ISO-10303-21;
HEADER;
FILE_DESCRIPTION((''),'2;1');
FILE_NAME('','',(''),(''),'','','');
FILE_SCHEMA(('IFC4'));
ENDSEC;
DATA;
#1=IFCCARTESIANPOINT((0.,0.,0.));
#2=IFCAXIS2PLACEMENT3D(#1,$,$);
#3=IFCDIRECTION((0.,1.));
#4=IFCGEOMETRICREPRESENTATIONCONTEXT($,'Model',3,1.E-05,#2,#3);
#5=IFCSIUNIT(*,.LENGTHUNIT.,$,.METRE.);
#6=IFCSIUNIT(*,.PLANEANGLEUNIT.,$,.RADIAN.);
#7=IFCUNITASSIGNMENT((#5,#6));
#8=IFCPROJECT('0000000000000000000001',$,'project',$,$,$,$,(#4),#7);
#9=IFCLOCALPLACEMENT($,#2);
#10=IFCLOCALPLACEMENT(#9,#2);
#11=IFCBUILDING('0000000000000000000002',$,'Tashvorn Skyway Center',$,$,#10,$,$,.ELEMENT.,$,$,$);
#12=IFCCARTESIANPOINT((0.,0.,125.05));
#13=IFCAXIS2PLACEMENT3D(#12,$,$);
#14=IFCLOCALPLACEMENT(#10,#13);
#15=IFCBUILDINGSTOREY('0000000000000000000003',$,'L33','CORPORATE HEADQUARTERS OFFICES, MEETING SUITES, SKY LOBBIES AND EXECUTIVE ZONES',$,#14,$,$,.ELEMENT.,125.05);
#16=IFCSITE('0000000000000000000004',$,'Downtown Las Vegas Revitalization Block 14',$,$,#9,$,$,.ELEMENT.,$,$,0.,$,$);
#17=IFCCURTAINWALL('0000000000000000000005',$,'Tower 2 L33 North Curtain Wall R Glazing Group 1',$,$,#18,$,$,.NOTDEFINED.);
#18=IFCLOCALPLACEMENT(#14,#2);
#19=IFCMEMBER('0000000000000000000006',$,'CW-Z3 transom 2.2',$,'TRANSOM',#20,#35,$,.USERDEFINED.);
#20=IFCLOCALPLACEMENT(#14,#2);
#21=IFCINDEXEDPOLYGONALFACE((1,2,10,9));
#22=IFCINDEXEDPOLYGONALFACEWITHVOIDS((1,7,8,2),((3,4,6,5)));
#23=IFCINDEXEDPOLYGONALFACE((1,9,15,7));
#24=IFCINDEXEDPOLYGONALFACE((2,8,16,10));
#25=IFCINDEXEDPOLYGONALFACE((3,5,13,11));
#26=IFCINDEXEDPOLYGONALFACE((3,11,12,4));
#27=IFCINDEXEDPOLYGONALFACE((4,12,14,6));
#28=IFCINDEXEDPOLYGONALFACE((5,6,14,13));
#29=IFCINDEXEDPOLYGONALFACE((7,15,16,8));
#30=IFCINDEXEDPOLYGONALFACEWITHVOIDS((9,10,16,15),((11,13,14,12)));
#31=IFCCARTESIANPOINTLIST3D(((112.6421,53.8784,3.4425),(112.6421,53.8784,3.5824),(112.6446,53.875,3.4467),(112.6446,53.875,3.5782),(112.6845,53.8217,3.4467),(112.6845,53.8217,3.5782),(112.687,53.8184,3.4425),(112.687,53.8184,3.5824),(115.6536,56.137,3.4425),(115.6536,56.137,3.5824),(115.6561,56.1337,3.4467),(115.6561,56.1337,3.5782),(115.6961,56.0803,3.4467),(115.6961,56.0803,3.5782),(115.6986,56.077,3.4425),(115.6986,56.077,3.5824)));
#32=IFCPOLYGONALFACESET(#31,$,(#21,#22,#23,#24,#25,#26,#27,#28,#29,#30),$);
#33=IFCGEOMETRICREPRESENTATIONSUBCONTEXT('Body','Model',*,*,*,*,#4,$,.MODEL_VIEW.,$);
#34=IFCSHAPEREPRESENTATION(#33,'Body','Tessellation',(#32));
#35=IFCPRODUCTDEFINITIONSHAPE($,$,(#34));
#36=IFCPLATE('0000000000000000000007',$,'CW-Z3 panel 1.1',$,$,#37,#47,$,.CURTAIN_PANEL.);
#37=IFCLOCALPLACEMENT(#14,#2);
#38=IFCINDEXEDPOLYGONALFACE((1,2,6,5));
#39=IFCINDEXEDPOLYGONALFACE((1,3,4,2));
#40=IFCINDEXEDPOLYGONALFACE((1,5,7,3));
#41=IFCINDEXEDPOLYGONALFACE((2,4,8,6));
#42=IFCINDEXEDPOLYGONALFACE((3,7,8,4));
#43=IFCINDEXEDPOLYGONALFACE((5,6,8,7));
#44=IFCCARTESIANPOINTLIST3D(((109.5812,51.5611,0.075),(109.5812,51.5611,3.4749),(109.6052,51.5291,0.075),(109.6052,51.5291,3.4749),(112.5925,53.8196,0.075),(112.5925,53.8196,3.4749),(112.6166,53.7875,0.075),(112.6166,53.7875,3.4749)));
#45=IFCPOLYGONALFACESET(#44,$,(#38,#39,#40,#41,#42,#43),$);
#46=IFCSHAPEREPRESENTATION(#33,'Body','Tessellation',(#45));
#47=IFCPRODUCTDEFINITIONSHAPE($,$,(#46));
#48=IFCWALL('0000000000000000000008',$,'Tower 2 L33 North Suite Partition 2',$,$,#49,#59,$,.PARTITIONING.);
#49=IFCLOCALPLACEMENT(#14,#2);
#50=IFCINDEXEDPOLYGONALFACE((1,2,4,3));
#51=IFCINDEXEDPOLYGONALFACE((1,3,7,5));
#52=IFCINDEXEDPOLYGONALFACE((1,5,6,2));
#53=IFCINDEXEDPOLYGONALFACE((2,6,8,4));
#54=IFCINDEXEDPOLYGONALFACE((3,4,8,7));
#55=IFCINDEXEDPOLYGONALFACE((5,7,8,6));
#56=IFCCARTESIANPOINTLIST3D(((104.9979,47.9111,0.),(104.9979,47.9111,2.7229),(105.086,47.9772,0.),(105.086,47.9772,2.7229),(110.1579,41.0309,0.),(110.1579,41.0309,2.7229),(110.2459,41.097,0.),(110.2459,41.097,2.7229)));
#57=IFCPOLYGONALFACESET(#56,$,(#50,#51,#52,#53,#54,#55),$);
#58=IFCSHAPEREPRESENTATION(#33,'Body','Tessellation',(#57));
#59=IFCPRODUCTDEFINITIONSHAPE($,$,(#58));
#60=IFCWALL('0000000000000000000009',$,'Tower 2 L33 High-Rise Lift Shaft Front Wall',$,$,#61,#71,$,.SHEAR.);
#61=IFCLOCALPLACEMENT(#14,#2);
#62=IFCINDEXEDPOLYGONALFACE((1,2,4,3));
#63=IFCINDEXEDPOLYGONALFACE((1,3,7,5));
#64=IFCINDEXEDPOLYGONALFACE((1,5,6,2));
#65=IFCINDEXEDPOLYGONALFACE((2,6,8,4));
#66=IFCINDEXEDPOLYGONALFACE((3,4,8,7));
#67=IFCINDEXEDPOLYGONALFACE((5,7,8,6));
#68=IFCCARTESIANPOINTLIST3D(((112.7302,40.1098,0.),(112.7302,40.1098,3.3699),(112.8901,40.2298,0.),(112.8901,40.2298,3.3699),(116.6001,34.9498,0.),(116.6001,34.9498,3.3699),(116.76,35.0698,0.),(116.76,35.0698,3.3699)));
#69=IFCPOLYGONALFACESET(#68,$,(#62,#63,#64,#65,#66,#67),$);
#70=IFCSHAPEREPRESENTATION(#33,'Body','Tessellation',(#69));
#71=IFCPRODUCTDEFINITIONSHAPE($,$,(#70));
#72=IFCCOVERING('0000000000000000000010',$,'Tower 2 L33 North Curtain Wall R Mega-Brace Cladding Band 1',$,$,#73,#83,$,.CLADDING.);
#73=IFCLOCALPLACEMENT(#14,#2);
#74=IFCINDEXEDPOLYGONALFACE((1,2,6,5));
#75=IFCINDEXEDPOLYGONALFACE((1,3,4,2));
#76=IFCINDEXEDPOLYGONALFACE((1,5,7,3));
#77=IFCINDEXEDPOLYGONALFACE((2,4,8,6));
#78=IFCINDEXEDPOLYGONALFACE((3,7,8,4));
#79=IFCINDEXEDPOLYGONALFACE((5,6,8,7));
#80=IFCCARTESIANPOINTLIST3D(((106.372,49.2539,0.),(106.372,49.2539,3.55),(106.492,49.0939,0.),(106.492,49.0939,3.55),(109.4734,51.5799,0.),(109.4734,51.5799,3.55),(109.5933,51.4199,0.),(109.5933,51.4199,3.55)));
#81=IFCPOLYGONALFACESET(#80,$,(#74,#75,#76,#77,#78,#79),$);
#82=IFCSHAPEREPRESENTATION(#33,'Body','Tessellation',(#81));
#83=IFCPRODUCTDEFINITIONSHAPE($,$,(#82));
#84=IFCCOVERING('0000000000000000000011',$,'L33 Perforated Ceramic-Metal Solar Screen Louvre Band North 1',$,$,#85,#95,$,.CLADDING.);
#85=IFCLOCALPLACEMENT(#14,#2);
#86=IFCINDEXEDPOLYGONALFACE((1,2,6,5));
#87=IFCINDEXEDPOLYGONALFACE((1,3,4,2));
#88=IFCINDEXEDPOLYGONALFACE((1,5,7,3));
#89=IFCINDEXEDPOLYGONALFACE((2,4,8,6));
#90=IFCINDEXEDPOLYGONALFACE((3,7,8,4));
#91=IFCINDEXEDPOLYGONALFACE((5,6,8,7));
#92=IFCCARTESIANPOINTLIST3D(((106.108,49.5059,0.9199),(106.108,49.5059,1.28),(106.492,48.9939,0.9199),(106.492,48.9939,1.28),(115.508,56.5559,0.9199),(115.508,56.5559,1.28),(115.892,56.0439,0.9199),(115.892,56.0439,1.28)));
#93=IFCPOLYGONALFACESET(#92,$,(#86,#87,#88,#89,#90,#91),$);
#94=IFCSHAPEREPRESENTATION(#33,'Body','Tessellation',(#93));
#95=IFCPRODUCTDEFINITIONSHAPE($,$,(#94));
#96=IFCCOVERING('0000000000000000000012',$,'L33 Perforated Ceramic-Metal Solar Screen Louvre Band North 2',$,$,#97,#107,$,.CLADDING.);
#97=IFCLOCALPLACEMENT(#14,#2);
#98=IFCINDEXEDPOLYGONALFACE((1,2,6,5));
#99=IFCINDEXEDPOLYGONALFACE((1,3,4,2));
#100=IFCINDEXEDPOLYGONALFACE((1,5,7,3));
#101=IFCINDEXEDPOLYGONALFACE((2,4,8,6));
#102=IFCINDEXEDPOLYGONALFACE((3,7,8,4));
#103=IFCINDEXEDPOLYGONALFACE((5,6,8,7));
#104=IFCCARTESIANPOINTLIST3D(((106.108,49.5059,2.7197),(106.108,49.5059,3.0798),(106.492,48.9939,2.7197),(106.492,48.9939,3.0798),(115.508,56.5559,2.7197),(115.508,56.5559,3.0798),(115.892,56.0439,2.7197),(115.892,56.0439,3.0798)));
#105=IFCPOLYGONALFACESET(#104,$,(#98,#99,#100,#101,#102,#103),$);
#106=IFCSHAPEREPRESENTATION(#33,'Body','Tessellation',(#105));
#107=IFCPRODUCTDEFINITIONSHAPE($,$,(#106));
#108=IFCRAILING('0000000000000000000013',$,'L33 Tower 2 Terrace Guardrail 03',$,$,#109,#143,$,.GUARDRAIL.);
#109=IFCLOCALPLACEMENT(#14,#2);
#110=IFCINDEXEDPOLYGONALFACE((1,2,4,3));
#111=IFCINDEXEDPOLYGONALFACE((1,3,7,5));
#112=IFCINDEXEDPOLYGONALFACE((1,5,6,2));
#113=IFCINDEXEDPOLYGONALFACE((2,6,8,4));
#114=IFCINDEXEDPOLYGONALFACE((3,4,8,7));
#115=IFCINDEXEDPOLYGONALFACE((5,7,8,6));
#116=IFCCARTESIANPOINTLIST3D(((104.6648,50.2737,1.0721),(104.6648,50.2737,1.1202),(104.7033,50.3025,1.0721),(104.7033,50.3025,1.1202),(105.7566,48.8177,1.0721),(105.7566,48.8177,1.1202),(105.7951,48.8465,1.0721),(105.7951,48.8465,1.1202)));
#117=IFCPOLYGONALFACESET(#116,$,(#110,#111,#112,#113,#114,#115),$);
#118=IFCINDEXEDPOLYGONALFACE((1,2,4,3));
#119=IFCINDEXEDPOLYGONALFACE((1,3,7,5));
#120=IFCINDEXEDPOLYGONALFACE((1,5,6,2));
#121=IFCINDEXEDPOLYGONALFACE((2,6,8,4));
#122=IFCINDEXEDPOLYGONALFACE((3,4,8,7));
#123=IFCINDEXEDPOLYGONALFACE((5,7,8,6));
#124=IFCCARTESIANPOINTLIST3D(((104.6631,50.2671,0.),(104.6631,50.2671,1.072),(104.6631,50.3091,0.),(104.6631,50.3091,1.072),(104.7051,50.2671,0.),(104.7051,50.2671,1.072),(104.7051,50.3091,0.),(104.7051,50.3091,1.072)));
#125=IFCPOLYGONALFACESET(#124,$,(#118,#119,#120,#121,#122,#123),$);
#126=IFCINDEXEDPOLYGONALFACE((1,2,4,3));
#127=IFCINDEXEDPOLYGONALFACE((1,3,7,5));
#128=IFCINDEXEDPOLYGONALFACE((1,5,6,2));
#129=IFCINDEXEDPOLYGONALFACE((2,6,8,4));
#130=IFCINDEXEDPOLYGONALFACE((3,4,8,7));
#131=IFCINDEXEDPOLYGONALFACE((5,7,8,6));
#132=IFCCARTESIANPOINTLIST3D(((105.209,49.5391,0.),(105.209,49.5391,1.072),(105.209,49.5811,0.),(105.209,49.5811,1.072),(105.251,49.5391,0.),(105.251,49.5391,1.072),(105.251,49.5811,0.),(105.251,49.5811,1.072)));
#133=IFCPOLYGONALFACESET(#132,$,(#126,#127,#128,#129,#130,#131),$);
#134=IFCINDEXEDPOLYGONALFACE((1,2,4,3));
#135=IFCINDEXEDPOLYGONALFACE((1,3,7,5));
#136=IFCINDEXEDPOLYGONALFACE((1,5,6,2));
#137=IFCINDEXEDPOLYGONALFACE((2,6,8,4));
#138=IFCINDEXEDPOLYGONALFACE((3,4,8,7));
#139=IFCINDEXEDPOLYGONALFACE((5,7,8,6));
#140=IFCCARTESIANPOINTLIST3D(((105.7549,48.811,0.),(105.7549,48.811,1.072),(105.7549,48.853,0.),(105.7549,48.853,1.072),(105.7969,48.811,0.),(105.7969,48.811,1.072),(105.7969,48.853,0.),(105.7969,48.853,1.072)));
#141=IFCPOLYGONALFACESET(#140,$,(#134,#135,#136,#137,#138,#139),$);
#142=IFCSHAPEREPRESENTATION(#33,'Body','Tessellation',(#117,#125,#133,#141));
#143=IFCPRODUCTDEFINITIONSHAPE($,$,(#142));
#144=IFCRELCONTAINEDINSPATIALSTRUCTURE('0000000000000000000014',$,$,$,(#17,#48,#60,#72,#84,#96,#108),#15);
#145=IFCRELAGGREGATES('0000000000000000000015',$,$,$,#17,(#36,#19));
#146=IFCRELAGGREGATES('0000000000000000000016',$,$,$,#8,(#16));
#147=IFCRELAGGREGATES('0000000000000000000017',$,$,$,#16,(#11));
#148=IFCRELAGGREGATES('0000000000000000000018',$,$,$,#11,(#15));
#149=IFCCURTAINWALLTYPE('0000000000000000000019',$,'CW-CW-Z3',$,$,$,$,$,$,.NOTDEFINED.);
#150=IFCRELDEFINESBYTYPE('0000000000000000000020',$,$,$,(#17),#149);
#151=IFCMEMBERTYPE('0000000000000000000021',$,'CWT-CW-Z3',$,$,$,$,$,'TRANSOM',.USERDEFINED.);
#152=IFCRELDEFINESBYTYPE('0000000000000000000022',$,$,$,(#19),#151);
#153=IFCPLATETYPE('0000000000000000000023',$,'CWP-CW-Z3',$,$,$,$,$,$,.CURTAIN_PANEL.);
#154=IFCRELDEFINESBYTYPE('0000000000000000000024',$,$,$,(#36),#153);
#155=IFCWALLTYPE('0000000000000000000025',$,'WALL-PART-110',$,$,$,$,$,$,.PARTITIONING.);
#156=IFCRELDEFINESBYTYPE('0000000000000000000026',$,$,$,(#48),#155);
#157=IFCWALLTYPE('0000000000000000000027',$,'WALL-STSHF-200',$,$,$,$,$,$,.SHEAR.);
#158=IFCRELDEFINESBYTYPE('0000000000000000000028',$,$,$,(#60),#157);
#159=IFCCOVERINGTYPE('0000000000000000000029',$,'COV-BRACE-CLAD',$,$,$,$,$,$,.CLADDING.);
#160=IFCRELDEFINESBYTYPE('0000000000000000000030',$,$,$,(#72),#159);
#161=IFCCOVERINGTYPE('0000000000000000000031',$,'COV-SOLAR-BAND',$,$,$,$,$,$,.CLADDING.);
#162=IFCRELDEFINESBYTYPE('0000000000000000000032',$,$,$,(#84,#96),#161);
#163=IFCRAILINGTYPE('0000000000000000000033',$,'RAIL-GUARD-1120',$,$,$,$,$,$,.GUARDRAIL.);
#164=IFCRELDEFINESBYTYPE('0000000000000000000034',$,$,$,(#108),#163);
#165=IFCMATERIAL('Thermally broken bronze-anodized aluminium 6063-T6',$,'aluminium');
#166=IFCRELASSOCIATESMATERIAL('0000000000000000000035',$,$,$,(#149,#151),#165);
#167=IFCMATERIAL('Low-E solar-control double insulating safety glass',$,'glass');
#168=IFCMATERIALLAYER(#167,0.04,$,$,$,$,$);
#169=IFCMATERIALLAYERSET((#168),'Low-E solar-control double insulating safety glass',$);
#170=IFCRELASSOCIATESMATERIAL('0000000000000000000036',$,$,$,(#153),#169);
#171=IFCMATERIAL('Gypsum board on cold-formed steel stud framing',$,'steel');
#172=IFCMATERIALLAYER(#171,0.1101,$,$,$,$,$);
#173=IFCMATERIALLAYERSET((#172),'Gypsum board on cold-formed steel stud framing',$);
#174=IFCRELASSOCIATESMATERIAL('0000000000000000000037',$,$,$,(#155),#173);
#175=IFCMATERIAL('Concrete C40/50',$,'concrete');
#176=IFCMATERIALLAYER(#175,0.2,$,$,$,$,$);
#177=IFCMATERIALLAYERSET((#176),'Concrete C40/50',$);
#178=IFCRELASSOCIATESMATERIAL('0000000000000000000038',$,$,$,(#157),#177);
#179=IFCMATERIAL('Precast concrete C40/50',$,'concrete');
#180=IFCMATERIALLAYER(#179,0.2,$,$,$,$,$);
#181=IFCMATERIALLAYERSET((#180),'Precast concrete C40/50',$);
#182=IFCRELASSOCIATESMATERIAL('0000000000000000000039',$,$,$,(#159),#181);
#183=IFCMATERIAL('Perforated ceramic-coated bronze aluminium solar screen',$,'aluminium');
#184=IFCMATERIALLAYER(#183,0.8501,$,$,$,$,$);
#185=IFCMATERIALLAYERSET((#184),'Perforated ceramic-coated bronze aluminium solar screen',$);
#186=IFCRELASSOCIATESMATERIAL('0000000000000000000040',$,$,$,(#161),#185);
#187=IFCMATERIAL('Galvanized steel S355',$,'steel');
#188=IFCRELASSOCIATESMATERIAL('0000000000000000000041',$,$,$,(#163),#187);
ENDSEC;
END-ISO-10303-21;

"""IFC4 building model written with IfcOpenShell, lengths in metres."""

from ifc_helpers import new_model, si_unit, direction, frame, frame_2d, origin, origin_2d, place, context, subcontext, project, spatial, rectangle, hollow_rectangle, extrude, material, layer, layer_set, material_profile, profile_set, type_object, element, aggregate, save


model = new_model("IFC4")

# Units and contexts
model_context = context("Model", 3, precision=1e-05, world=origin(), true_north=direction((0.0, 1.0)))
body_context = subcontext(model_context, "Body", "Model", "MODEL_VIEW")
ifc_project = project(units=[si_unit("LENGTHUNIT", "METRE"), si_unit("PLANEANGLEUNIT", "RADIAN")], contexts=[model_context])

# Site, building, storey
site_placement = place(None, origin())
site = spatial("IfcSite", under=ifc_project, at=site_placement, Name="Downtown Las Vegas Revitalization Block 14", CompositionType="ELEMENT", RefElevation=0.0)
building_placement = place(site_placement, origin())
building = spatial("IfcBuilding", under=site, at=building_placement, Name="Tashvorn Skyway Center", CompositionType="ELEMENT")
storey_placement = place(building_placement, frame((0.0, 0.0, 125.05)))
storey = spatial("IfcBuildingStorey", under=building, at=storey_placement, Name="L33", Description="CORPORATE HEADQUARTERS OFFICES, MEETING SUITES, SKY LOBBIES AND EXECUTIVE ZONES", CompositionType="ELEMENT", Elevation=125.05)

# Curtain wall, member, plate
ifc_material_1 = material(Name="Thermally broken bronze-anodized aluminium 6063-T6", Category="aluminium")
curtain_wall_type = type_object("IfcCurtainWallType", Name="CW-CW-Z3", PredefinedType="NOTDEFINED", material=ifc_material_1)
curtain_wall_placement = place(storey_placement, origin())
curtain_wall = element("IfcCurtainWall", 1, at=curtain_wall_placement, inside=storey, type_object=curtain_wall_type, Name="Tower 2 L33 North Curtain Wall R Glazing Group 1", PredefinedType="NOTDEFINED")
ifc_material_profile_1 = material_profile(ifc_material_1, hollow_rectangle(XDim=0.075, YDim=0.1399, WallThickness=0.0042, at=origin_2d()), Name="ALU-TRAN-75x140")
ifc_profile_set_1 = profile_set([ifc_material_profile_1], Name="Thermally broken bronze-anodized aluminium 6063-T6")
member_type_1 = type_object("IfcMemberType", Name="CWT-CW-Z3", ElementType="TRANSOM", PredefinedType="USERDEFINED", material=ifc_profile_set_1)
member_1_placement = place(storey_placement, frame((112.6646, 53.8484, 3.5125), z_axis=(0.800008, 0.59999, 0.0), x_axis=(-0.59999, 0.800008, 0.0)))
member_1 = element("IfcMember", 2, at=member_1_placement, type_object=member_type_1, Name="CW-Z3 transom 2.2", ObjectType="TRANSOM", PredefinedType="USERDEFINED", context=body_context, shape_type="SweptSolid", body=[
    extrude(hollow_rectangle(XDim=0.075, YDim=0.1399, WallThickness=0.0042, at=origin_2d()), origin(), (0.0, 0.0, 1.0), 3.7644),
])
ifc_material_2 = material(Name="Low-E solar-control double insulating safety glass", Category="glass")
ifc_layer_1 = layer(ifc_material_2, 0.04)
ifc_layer_set_1 = layer_set([ifc_layer_1], Name="Low-E solar-control double insulating safety glass")
plate_type = type_object("IfcPlateType", Name="CWP-CW-Z3", PredefinedType="CURTAIN_PANEL", material=ifc_layer_set_1)
plate_placement = place(storey_placement, frame((111.0989, 52.6743, 0.075), z_axis=(0.0, 0.0, 1.0), x_axis=(0.800002, 0.599998, 0.0)))
plate = element("IfcPlate", 3, at=plate_placement, type_object=plate_type, Name="CW-Z3 panel 1.1", PredefinedType="CURTAIN_PANEL", context=body_context, shape_type="SweptSolid", body=[
    extrude(rectangle(XDim=3.7642, YDim=0.04, at=origin_2d()), origin(), (0.0, 0.0, 1.0), 3.3999),
])
aggregate(curtain_wall, [plate, member_1])

# Walls
ifc_material_3 = material(Name="Gypsum board on cold-formed steel stud framing", Category="steel")
ifc_layer_2 = layer(ifc_material_3, 0.1101)
ifc_layer_set_2 = layer_set([ifc_layer_2], Name="Gypsum board on cold-formed steel stud framing")
wall_type_1 = type_object("IfcWallType", Name="WALL-PART-110", PredefinedType="PARTITIONING", material=ifc_layer_set_2)
wall_1_placement = place(storey_placement, frame((110.2019, 41.064, 0.0), z_axis=(0.0, 0.0, 1.0), x_axis=(-0.599986, 0.80001, 0.0)))
element("IfcWall", 4, at=wall_1_placement, inside=storey, type_object=wall_type_1, Name="Tower 2 L33 North Suite Partition 2", PredefinedType="PARTITIONING", context=body_context, shape_type="SweptSolid", body=[
    extrude(rectangle(XDim=8.6001, YDim=0.1101, at=frame_2d((4.3, 0.0))), origin(), (0.0, 0.0, 1.0), 2.7229),
])
ifc_material_4 = material(Name="Concrete C40/50", Category="concrete")
ifc_layer_3 = layer(ifc_material_4, 0.2)
ifc_layer_set_3 = layer_set([ifc_layer_3], Name="Concrete C40/50")
wall_type_2 = type_object("IfcWallType", Name="WALL-STSHF-200", PredefinedType="SHEAR", material=ifc_layer_set_3)
wall_2_placement = place(storey_placement, frame((112.8101, 40.1699, 0.0), z_axis=(0.0, 0.0, 1.0), x_axis=(0.599994, -0.800005, 0.0)))
element("IfcWall", 5, at=wall_2_placement, inside=storey, type_object=wall_type_2, Name="Tower 2 L33 High-Rise Lift Shaft Front Wall", PredefinedType="SHEAR", context=body_context, shape_type="SweptSolid", body=[
    extrude(rectangle(XDim=6.45, YDim=0.2, at=frame_2d((3.2251, 0.0))), origin(), (0.0, 0.0, 1.0), 3.3699),
])

# Coverings
ifc_material_5 = material(Name="Precast concrete C40/50", Category="concrete")
ifc_layer_4 = layer(ifc_material_5, 0.2)
ifc_layer_set_4 = layer_set([ifc_layer_4], Name="Precast concrete C40/50")
covering_type_1 = type_object("IfcCoveringType", Name="COV-BRACE-CLAD", PredefinedType="CLADDING", material=ifc_layer_set_4)
covering_placement = place(storey_placement, frame((107.9827, 50.3369, 0.0), z_axis=(0.0, 0.0, 1.0), x_axis=(0.8, 0.6, 0.0)))
element("IfcCovering", 6, at=covering_placement, inside=storey, type_object=covering_type_1, Name="Tower 2 L33 North Curtain Wall R Mega-Brace Cladding Band 1", PredefinedType="CLADDING", context=body_context, shape_type="SweptSolid", body=[
    extrude(rectangle(XDim=3.8767, YDim=0.2, at=origin_2d()), origin(), (0.0, 0.0, 1.0), 3.55),
])
ifc_material_6 = material(Name="Perforated ceramic-coated bronze aluminium solar screen", Category="aluminium")
ifc_layer_5 = layer(ifc_material_6, 0.8501)
ifc_layer_set_5 = layer_set([ifc_layer_5], Name="Perforated ceramic-coated bronze aluminium solar screen")
covering_type_2 = type_object("IfcCoveringType", Name="COV-SOLAR-BAND", PredefinedType="CLADDING", material=ifc_layer_set_5)
for number, where, z_axis, x_axis, name in (
    (7, (111.0, 52.7749, 0.9199), (0.0, 0.0, 1.0), (0.8, 0.6, 0.0), "L33 Perforated Ceramic-Metal Solar Screen Louvre Band North 1"),
    (8, (111.0, 52.7749, 2.7197), (0.0, 0.0, 1.0), (0.8, 0.6, 0.0), "L33 Perforated Ceramic-Metal Solar Screen Louvre Band North 2"),
):
    element("IfcCovering", number, at=place(storey_placement, frame(where, z_axis=z_axis, x_axis=x_axis)), inside=storey, type_object=covering_type_2, Name=name, PredefinedType="CLADDING", context=body_context, shape_type="SweptSolid", body=[
        extrude(rectangle(XDim=11.75, YDim=0.6399, at=origin_2d()), origin(), (0.0, 0.0, 1.0), 0.3601),
    ])

# Railing
ifc_material_7 = material(Name="Galvanized steel S355", Category="steel")
railing_type = type_object("IfcRailingType", Name="RAIL-GUARD-1120", PredefinedType="GUARDRAIL", material=ifc_material_7)
railing_placement = place(storey_placement, frame((104.6841, 50.2881, 0.0)))
element("IfcRailing", 9, at=railing_placement, inside=storey, type_object=railing_type, Name="L33 Tower 2 Terrace Guardrail 03", PredefinedType="GUARDRAIL", context=body_context, shape_type="SweptSolid", body=[
    extrude(rectangle(XDim=0.0481, YDim=0.0481, at=origin_2d()), frame((0.0, 0.0, 1.0962), z_axis=(0.599914, -0.800064, 0.0), x_axis=(0.800064, 0.599914, 0.0)), (0.0, 0.0, 1.0), 1.8198),
    extrude(rectangle(XDim=0.042, YDim=0.042, at=origin_2d()), origin(), (0.0, 0.0, 1.0), 1.072),
    extrude(rectangle(XDim=0.042, YDim=0.042, at=origin_2d()), frame((0.5459, -0.728, 0.0)), (0.0, 0.0, 1.0), 1.072),
    extrude(rectangle(XDim=0.042, YDim=0.042, at=origin_2d()), frame((1.0918, -1.4561, 0.0)), (0.0, 0.0, 1.0), 1.072),
])

save(model, "model.ifc")
